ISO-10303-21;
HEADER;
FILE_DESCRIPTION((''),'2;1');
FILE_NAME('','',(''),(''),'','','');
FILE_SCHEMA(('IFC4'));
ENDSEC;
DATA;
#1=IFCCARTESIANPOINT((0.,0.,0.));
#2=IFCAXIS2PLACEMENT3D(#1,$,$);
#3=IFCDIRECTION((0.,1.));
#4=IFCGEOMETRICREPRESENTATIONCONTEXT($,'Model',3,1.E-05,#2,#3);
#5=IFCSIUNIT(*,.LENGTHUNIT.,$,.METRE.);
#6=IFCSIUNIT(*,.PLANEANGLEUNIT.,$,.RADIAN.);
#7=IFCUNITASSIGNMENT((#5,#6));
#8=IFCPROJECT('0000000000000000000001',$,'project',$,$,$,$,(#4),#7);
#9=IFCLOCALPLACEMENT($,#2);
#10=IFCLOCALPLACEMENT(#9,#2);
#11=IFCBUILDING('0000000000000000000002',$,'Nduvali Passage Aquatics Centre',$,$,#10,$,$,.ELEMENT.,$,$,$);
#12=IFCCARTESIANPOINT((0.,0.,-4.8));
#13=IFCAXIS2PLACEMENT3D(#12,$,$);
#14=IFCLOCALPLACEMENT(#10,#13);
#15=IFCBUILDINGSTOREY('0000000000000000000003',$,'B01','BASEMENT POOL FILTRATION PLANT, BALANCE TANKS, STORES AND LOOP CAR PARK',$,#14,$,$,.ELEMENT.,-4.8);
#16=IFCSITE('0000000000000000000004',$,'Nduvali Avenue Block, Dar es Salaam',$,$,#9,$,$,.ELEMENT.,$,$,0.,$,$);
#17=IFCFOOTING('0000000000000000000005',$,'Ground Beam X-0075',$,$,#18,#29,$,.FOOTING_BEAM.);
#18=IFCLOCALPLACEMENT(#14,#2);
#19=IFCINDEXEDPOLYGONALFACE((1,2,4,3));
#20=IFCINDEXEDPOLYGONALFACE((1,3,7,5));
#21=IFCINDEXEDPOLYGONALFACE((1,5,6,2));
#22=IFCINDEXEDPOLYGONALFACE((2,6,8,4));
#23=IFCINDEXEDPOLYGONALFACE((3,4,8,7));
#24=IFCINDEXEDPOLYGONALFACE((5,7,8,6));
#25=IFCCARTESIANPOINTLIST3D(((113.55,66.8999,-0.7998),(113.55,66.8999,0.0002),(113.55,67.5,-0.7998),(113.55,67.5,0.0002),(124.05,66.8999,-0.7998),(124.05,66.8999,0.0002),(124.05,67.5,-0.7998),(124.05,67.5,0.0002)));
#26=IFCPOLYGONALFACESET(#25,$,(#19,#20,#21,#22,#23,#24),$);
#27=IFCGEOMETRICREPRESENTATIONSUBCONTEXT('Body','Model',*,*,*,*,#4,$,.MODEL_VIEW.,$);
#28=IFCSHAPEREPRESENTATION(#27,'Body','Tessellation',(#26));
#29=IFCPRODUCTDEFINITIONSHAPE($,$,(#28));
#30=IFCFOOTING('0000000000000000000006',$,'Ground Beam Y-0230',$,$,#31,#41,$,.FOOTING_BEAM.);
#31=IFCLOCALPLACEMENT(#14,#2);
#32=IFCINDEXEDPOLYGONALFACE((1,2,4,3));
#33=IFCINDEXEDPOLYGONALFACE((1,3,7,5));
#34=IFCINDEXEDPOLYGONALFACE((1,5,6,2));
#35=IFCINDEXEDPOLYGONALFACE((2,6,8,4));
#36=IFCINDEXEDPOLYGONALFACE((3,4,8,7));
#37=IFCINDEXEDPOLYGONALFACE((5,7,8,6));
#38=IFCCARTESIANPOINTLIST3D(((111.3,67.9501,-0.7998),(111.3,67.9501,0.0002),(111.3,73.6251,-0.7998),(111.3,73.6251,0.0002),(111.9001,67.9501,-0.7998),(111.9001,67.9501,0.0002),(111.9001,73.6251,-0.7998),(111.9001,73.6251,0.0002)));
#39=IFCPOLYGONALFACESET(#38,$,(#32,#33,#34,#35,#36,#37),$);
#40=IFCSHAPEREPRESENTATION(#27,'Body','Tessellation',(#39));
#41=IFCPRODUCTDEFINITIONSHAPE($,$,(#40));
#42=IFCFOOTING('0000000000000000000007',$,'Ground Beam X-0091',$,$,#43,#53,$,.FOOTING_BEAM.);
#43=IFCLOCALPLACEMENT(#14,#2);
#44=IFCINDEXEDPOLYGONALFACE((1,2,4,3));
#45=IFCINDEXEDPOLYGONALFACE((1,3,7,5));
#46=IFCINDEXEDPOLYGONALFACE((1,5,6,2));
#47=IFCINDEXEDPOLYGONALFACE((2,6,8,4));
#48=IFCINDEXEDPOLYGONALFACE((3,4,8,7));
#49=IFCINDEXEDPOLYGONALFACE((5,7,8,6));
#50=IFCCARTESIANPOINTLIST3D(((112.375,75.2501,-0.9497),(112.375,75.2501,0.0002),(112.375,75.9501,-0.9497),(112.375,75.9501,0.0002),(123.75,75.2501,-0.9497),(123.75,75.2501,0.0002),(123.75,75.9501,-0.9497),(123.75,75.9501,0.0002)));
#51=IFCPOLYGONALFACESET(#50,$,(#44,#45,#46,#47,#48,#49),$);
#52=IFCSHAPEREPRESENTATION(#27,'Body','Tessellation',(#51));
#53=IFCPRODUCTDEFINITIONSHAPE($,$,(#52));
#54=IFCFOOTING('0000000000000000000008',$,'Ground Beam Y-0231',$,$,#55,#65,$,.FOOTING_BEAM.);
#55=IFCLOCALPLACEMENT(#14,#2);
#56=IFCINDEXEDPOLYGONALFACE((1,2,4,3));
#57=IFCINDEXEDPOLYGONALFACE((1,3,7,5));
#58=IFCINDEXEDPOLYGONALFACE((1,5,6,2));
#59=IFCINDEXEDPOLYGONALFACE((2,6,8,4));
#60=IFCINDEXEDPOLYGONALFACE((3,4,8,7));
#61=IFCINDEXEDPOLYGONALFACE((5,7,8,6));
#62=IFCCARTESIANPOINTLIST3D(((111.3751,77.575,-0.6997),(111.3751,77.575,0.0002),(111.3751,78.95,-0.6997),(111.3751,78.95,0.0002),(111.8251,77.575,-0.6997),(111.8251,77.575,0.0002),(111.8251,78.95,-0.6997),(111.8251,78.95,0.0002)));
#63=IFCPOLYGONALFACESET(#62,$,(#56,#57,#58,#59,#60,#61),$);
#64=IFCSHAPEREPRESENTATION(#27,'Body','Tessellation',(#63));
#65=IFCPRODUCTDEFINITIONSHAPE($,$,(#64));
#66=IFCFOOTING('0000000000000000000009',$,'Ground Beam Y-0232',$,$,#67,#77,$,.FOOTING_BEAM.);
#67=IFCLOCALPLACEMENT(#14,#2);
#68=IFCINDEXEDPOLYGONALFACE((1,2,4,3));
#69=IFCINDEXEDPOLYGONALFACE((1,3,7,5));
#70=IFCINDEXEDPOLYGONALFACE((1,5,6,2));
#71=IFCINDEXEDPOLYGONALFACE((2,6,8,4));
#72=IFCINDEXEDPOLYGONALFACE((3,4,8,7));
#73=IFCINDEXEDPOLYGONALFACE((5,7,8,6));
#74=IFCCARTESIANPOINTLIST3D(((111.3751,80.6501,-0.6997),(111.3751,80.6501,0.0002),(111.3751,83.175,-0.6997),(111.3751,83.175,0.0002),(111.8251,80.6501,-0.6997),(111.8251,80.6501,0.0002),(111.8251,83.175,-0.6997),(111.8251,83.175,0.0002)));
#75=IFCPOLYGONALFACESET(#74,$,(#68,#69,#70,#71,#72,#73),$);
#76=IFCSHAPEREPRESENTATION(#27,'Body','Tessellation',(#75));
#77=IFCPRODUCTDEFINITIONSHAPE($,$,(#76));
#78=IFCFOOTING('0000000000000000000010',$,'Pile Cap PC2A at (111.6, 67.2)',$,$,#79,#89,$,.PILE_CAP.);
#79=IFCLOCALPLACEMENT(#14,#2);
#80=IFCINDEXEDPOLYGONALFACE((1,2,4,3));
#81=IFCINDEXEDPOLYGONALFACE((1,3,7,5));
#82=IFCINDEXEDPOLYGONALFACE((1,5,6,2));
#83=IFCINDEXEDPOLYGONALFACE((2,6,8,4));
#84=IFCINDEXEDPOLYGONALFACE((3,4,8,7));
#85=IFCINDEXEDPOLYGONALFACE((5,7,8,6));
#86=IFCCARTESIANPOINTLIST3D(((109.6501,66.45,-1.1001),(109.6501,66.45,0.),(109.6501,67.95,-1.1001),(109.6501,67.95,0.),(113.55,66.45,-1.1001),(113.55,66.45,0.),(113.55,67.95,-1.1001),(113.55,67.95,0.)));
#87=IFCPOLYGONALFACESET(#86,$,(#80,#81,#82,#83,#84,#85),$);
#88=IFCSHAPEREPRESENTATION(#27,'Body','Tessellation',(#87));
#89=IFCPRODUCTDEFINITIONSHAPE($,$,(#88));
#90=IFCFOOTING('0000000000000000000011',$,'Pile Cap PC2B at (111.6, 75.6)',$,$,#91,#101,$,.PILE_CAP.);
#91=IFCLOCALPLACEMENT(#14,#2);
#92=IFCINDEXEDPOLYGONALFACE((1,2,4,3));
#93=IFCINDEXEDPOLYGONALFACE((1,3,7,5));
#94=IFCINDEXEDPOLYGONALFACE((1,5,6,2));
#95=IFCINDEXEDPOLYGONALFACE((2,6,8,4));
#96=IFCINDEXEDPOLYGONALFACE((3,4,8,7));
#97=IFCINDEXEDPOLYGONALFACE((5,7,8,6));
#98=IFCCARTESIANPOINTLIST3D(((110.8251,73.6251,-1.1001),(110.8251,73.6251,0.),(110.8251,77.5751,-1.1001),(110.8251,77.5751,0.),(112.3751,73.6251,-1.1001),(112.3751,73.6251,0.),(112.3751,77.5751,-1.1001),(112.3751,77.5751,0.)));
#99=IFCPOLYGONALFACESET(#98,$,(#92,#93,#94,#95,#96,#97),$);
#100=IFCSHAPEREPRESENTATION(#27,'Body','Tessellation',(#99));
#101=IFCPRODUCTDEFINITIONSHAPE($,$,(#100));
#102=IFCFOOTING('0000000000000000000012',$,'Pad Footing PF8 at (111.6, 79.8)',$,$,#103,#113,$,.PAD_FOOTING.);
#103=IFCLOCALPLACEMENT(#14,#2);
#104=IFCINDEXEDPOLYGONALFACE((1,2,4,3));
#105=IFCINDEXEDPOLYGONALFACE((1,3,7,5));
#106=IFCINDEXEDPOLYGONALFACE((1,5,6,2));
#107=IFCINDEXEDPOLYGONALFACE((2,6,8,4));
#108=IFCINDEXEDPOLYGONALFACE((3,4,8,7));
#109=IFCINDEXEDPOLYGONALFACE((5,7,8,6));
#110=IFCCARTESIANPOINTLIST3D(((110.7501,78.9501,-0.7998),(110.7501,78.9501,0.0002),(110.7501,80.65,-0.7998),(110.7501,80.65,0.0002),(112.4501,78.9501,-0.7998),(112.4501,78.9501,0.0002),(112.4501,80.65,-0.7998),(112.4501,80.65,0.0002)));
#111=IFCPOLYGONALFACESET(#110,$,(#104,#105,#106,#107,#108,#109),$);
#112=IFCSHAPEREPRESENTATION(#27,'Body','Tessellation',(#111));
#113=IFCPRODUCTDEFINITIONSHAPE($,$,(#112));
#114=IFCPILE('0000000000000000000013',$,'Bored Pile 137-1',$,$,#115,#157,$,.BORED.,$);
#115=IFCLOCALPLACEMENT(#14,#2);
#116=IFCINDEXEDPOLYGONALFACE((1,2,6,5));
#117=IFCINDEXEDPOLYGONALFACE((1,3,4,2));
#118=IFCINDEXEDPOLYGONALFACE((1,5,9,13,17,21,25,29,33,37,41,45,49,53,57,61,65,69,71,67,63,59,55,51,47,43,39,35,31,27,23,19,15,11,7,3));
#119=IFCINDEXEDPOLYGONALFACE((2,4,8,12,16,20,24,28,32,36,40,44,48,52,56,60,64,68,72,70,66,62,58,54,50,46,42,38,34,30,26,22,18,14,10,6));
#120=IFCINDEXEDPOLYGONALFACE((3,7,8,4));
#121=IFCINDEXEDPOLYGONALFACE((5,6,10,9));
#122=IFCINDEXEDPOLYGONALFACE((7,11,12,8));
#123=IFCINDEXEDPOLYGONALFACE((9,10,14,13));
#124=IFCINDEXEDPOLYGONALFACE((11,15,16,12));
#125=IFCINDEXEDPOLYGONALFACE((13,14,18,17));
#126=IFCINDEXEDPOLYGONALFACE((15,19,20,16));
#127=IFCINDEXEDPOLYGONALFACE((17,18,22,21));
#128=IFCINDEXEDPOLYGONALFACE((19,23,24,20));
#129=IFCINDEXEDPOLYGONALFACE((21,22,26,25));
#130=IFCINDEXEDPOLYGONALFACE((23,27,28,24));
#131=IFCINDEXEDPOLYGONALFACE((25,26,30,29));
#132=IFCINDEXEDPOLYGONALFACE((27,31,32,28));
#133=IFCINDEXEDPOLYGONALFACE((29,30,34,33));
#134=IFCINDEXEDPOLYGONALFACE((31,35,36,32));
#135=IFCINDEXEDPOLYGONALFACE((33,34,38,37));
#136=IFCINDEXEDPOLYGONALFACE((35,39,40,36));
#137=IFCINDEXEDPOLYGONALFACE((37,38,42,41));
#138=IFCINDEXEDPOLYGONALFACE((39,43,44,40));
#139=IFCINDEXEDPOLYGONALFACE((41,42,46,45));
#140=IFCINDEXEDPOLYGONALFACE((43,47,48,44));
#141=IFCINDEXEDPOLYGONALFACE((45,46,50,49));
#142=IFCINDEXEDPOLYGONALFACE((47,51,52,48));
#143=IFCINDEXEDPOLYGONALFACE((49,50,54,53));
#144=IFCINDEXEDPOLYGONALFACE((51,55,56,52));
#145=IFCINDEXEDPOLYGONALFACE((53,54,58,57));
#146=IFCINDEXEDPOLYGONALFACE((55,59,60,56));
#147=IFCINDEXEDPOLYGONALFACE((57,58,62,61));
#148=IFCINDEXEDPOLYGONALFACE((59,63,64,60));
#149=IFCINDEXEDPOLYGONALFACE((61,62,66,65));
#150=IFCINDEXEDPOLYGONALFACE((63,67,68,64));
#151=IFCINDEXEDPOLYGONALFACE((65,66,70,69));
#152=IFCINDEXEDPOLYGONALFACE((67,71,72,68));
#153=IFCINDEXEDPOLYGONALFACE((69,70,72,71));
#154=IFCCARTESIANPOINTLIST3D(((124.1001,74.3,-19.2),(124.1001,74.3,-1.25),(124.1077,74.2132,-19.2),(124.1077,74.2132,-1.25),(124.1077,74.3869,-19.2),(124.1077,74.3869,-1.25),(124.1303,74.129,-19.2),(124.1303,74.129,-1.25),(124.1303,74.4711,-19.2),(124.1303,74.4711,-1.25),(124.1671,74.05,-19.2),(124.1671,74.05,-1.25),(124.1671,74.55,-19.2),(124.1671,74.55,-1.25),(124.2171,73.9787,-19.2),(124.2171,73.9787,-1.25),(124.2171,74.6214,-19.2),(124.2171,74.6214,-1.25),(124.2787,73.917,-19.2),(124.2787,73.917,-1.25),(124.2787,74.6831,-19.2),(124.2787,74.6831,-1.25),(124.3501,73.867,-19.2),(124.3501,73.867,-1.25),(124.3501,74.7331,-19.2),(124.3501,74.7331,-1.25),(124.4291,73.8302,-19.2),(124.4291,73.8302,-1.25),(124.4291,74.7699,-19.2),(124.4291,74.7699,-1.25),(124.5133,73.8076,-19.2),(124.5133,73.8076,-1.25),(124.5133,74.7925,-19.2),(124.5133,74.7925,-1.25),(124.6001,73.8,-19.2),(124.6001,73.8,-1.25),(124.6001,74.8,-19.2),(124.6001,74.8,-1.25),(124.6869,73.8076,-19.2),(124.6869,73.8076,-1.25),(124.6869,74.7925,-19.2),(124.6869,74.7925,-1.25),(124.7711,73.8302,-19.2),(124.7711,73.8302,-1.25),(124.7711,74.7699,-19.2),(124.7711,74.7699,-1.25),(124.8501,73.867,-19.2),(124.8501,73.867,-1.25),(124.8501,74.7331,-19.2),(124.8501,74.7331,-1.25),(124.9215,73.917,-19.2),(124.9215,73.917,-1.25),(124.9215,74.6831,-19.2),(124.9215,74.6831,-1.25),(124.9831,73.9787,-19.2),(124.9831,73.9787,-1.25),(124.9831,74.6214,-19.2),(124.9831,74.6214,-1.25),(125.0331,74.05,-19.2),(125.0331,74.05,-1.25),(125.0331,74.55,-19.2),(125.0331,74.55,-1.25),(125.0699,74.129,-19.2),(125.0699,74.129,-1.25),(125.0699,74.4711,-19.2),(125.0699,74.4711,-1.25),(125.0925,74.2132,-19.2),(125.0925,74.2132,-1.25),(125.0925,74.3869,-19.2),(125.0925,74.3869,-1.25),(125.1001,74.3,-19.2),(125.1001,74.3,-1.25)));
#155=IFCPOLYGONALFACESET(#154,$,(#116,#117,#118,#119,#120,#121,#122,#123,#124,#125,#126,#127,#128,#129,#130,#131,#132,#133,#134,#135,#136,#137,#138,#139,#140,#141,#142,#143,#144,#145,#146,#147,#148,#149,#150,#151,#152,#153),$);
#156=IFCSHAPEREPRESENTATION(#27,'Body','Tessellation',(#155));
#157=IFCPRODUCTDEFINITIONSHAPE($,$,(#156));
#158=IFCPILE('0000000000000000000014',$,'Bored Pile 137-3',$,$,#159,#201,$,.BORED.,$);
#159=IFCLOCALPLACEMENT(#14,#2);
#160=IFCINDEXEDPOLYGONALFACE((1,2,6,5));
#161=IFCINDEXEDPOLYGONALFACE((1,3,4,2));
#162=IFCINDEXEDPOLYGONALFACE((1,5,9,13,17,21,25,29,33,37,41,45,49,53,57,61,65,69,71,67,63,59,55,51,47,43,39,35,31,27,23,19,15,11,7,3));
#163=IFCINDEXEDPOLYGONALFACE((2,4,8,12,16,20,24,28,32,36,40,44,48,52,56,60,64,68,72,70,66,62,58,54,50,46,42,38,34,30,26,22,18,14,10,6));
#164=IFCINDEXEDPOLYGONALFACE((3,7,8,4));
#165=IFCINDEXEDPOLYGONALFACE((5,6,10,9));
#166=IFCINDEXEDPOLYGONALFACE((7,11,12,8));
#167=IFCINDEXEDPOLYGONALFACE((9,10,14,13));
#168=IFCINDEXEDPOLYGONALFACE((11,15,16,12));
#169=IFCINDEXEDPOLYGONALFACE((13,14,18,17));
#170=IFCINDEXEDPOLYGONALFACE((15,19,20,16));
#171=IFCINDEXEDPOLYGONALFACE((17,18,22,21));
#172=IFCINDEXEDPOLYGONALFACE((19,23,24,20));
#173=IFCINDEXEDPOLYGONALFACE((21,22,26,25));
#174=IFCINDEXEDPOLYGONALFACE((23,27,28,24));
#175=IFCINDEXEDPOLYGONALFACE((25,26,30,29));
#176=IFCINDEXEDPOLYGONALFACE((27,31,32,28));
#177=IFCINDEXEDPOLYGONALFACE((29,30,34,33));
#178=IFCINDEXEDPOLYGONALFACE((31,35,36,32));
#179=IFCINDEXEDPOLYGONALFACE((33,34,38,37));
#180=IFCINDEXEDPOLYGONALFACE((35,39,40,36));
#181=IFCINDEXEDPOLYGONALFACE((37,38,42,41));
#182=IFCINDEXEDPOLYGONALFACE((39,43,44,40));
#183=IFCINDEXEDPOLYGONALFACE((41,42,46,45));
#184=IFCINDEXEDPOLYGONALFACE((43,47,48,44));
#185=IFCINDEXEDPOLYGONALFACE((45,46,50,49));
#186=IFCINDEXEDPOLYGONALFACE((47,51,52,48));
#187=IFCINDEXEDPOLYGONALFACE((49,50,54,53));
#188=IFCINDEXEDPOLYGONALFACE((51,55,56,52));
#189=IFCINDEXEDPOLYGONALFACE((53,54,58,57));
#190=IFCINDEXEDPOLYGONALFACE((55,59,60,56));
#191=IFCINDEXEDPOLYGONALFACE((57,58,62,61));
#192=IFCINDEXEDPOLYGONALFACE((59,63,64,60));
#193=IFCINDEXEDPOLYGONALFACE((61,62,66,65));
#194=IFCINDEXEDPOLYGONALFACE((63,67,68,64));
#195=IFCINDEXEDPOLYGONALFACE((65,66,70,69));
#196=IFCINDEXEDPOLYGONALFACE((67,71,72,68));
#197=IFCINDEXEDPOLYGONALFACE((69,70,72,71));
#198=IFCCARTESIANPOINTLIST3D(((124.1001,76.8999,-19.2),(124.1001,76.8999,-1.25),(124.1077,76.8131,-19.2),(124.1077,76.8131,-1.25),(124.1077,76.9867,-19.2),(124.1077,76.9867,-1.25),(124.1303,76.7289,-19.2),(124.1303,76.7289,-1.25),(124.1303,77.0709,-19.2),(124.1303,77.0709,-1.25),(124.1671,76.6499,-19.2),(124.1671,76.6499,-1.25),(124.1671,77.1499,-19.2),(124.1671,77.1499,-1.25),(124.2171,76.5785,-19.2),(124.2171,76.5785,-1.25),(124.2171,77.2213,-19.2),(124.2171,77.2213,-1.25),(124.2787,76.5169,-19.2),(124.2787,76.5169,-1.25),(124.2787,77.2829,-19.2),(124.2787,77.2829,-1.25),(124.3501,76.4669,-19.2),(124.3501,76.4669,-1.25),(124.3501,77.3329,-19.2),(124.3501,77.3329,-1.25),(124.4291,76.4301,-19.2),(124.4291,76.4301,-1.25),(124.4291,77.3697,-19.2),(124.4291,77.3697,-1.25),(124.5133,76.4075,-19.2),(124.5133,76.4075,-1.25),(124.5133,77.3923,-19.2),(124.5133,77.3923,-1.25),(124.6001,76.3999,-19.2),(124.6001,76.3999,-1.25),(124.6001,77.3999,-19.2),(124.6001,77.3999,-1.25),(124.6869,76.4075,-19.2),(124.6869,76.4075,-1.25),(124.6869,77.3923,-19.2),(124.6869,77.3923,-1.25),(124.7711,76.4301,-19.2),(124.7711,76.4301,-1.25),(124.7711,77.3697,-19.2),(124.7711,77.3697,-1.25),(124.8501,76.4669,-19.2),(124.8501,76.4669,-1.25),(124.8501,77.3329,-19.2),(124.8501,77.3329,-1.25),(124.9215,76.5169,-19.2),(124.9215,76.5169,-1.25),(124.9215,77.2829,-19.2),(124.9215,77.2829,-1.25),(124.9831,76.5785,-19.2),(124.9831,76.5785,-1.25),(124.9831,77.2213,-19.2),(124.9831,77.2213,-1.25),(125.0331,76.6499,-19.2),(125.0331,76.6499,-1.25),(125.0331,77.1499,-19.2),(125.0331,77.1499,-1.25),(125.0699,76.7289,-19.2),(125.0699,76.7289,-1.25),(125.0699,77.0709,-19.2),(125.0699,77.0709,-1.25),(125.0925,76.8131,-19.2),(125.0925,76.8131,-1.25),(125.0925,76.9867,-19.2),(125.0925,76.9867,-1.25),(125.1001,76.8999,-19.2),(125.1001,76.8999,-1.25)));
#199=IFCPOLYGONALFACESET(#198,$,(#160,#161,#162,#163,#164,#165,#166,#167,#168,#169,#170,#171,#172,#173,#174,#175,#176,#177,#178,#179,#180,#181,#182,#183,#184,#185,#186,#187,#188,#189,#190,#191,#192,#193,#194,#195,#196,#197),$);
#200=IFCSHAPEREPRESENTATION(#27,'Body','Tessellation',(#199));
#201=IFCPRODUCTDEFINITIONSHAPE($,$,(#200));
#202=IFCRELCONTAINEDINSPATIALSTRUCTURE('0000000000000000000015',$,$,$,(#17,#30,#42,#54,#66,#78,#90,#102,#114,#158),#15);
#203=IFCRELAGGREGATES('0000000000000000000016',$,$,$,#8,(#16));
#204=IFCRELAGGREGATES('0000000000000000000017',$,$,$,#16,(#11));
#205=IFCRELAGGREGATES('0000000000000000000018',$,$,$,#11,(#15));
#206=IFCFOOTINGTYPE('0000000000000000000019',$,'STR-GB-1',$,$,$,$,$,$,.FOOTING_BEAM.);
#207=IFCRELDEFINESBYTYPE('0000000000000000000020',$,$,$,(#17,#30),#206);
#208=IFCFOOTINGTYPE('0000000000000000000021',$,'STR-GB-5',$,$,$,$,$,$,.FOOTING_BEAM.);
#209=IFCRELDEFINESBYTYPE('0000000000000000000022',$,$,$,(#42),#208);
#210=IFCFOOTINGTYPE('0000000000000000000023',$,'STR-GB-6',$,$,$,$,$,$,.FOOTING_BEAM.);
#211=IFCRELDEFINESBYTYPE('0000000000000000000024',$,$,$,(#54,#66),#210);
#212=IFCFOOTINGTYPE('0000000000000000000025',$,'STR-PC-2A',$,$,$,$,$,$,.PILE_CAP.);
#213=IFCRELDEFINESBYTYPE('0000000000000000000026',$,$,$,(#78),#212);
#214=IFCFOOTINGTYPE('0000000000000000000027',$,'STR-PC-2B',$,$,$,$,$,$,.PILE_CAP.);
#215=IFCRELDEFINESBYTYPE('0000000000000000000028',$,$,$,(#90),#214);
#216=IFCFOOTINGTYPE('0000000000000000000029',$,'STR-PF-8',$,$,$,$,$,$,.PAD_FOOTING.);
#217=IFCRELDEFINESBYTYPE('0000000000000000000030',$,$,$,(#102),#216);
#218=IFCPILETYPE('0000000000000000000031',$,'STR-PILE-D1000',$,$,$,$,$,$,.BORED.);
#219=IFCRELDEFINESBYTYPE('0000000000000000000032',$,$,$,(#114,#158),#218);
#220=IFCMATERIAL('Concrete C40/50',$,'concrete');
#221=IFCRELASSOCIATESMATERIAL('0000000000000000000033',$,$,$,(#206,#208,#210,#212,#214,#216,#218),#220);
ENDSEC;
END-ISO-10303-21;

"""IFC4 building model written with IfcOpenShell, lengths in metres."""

from ifc_helpers import new_model, si_unit, direction, frame, origin, origin_2d, place, context, subcontext, project, spatial, rectangle, circle, extrude, material, material_profile, profile_set, type_object, element, save


model = new_model("IFC4")

# Units and contexts
model_context = context("Model", 3, precision=1e-05, world=origin(), true_north=direction((0.0, 1.0)))
body_context = subcontext(model_context, "Body", "Model", "MODEL_VIEW")
ifc_project = project(units=[si_unit("LENGTHUNIT", "METRE"), si_unit("PLANEANGLEUNIT", "RADIAN")], contexts=[model_context])

# Site, building, storey
site_placement = place(None, origin())
site = spatial("IfcSite", under=ifc_project, at=site_placement, Name="Nduvali Avenue Block, Dar es Salaam", CompositionType="ELEMENT", RefElevation=0.0)
building_placement = place(site_placement, origin())
building = spatial("IfcBuilding", under=site, at=building_placement, Name="Nduvali Passage Aquatics Centre", CompositionType="ELEMENT")
storey_placement = place(building_placement, frame((0.0, 0.0, -4.8)))
storey = spatial("IfcBuildingStorey", under=building, at=storey_placement, Name="B01", Description="BASEMENT POOL FILTRATION PLANT, BALANCE TANKS, STORES AND LOOP CAR PARK", CompositionType="ELEMENT", Elevation=-4.8)

# Footings
ifc_material_1 = material(Name="Concrete C40/50", Category="concrete")
footing_type_1 = type_object("IfcFootingType", Name="STR-GB-1", PredefinedType="FOOTING_BEAM", material=ifc_material_1)
footing_1_placement = place(storey_placement, frame((118.8, 67.2, -0.7998), z_axis=(0.0, 0.0, 1.0), x_axis=(1.0, 0.0, 0.0)))
element("IfcFooting", 1, at=footing_1_placement, inside=storey, type_object=footing_type_1, Name="Ground Beam X-0075", PredefinedType="FOOTING_BEAM", context=body_context, shape_type="SweptSolid", body=[
    extrude(rectangle(XDim=10.5, YDim=0.6001, at=origin_2d()), origin(), (0.0, 0.0, 1.0), 0.8),
])
footing_2_placement = place(storey_placement, frame((111.6001, 70.7876, -0.7998), z_axis=(0.0, 0.0, 1.0), x_axis=(0.0, 1.0, 0.0)))
element("IfcFooting", 2, at=footing_2_placement, inside=storey, type_object=footing_type_1, Name="Ground Beam Y-0230", PredefinedType="FOOTING_BEAM", context=body_context, shape_type="SweptSolid", body=[
    extrude(rectangle(XDim=5.675, YDim=0.6001, at=origin_2d()), origin(), (0.0, 0.0, 1.0), 0.8),
])
footing_type_2 = type_object("IfcFootingType", Name="STR-GB-5", PredefinedType="FOOTING_BEAM", material=ifc_material_1)
footing_3_placement = place(storey_placement, frame((118.0625, 75.6001, -0.9497), z_axis=(0.0, 0.0, 1.0), x_axis=(1.0, 0.0, 0.0)))
element("IfcFooting", 3, at=footing_3_placement, inside=storey, type_object=footing_type_2, Name="Ground Beam X-0091", PredefinedType="FOOTING_BEAM", context=body_context, shape_type="SweptSolid", body=[
    extrude(rectangle(XDim=11.375, YDim=0.7, at=origin_2d()), origin(), (0.0, 0.0, 1.0), 0.95),
])
footing_type_3 = type_object("IfcFootingType", Name="STR-GB-6", PredefinedType="FOOTING_BEAM", material=ifc_material_1)
footing_4_placement = place(storey_placement, frame((111.6001, 78.2625, -0.6997), z_axis=(0.0, 0.0, 1.0), x_axis=(0.0, 1.0, 0.0)))
element("IfcFooting", 4, at=footing_4_placement, inside=storey, type_object=footing_type_3, Name="Ground Beam Y-0231", PredefinedType="FOOTING_BEAM", context=body_context, shape_type="SweptSolid", body=[
    extrude(rectangle(XDim=1.375, YDim=0.45, at=origin_2d()), origin(), (0.0, 0.0, 1.0), 0.7),
])
footing_5_placement = place(storey_placement, frame((111.6001, 81.9126, -0.6997), z_axis=(0.0, 0.0, 1.0), x_axis=(0.0, 1.0, 0.0)))
element("IfcFooting", 5, at=footing_5_placement, inside=storey, type_object=footing_type_3, Name="Ground Beam Y-0232", PredefinedType="FOOTING_BEAM", context=body_context, shape_type="SweptSolid", body=[
    extrude(rectangle(XDim=2.5249, YDim=0.45, at=origin_2d()), origin(), (0.0, 0.0, 1.0), 0.7),
])
footing_type_4 = type_object("IfcFootingType", Name="STR-PC-2A", PredefinedType="PILE_CAP", material=ifc_material_1)
footing_6_placement = place(storey_placement, frame((111.6001, 67.2, -1.1001), z_axis=(0.0, 0.0, 1.0), x_axis=(1.0, 0.0, 0.0)))
element("IfcFooting", 6, at=footing_6_placement, inside=storey, type_object=footing_type_4, Name="Pile Cap PC2A at (111.6, 67.2)", PredefinedType="PILE_CAP", context=body_context, shape_type="SweptSolid", body=[
    extrude(rectangle(XDim=3.8999, YDim=1.5, at=origin_2d()), origin(), (0.0, 0.0, 1.0), 1.1001),
])
footing_type_5 = type_object("IfcFootingType", Name="STR-PC-2B", PredefinedType="PILE_CAP", material=ifc_material_1)
footing_7_placement = place(storey_placement, frame((111.6001, 75.6001, -1.1001), z_axis=(0.0, 0.0, 1.0), x_axis=(1.0, 0.0, 0.0)))
element("IfcFooting", 7, at=footing_7_placement, inside=storey, type_object=footing_type_5, Name="Pile Cap PC2B at (111.6, 75.6)", PredefinedType="PILE_CAP", context=body_context, shape_type="SweptSolid", body=[
    extrude(rectangle(XDim=1.55, YDim=3.95, at=origin_2d()), origin(), (0.0, 0.0, 1.0), 1.1001),
])
footing_type_6 = type_object("IfcFootingType", Name="STR-PF-8", PredefinedType="PAD_FOOTING", material=ifc_material_1)
footing_8_placement = place(storey_placement, frame((111.6001, 79.8, -0.7998), z_axis=(0.0, 0.0, 1.0), x_axis=(1.0, 0.0, 0.0)))
element("IfcFooting", 8, at=footing_8_placement, inside=storey, type_object=footing_type_6, Name="Pad Footing PF8 at (111.6, 79.8)", PredefinedType="PAD_FOOTING", context=body_context, shape_type="SweptSolid", body=[
    extrude(rectangle(XDim=1.7, YDim=1.7, at=origin_2d()), origin(), (0.0, 0.0, 1.0), 0.8),
])

# Piles
ifc_material_profile_1 = material_profile(ifc_material_1, circle(Radius=0.5, at=origin_2d()), Name="PILE D1000")
ifc_profile_set_1 = profile_set([ifc_material_profile_1], Name="Concrete C40/50")
pile_type_1 = type_object("IfcPileType", Name="STR-PILE-D1000", PredefinedType="BORED", material=ifc_profile_set_1)
for number, where, z_axis, x_axis, name in (
    (9, (124.6001, 74.3, -1.25), (0.0, 0.0, -1.0), (1.0, 0.0, 0.0), "Bored Pile 137-1"),
    (10, (124.6001, 76.8999, -1.25), (0.0, 0.0, -1.0), (1.0, 0.0, 0.0), "Bored Pile 137-3"),
):
    element("IfcPile", number, at=place(storey_placement, frame(where, z_axis=z_axis, x_axis=x_axis)), inside=storey, type_object=pile_type_1, Name=name, PredefinedType="BORED", context=body_context, shape_type="SweptSolid", body=[
        extrude(circle(Radius=0.5, at=origin_2d()), origin(), (0.0, 0.0, 1.0), 17.95),
    ])

save(model, "model.ifc")
